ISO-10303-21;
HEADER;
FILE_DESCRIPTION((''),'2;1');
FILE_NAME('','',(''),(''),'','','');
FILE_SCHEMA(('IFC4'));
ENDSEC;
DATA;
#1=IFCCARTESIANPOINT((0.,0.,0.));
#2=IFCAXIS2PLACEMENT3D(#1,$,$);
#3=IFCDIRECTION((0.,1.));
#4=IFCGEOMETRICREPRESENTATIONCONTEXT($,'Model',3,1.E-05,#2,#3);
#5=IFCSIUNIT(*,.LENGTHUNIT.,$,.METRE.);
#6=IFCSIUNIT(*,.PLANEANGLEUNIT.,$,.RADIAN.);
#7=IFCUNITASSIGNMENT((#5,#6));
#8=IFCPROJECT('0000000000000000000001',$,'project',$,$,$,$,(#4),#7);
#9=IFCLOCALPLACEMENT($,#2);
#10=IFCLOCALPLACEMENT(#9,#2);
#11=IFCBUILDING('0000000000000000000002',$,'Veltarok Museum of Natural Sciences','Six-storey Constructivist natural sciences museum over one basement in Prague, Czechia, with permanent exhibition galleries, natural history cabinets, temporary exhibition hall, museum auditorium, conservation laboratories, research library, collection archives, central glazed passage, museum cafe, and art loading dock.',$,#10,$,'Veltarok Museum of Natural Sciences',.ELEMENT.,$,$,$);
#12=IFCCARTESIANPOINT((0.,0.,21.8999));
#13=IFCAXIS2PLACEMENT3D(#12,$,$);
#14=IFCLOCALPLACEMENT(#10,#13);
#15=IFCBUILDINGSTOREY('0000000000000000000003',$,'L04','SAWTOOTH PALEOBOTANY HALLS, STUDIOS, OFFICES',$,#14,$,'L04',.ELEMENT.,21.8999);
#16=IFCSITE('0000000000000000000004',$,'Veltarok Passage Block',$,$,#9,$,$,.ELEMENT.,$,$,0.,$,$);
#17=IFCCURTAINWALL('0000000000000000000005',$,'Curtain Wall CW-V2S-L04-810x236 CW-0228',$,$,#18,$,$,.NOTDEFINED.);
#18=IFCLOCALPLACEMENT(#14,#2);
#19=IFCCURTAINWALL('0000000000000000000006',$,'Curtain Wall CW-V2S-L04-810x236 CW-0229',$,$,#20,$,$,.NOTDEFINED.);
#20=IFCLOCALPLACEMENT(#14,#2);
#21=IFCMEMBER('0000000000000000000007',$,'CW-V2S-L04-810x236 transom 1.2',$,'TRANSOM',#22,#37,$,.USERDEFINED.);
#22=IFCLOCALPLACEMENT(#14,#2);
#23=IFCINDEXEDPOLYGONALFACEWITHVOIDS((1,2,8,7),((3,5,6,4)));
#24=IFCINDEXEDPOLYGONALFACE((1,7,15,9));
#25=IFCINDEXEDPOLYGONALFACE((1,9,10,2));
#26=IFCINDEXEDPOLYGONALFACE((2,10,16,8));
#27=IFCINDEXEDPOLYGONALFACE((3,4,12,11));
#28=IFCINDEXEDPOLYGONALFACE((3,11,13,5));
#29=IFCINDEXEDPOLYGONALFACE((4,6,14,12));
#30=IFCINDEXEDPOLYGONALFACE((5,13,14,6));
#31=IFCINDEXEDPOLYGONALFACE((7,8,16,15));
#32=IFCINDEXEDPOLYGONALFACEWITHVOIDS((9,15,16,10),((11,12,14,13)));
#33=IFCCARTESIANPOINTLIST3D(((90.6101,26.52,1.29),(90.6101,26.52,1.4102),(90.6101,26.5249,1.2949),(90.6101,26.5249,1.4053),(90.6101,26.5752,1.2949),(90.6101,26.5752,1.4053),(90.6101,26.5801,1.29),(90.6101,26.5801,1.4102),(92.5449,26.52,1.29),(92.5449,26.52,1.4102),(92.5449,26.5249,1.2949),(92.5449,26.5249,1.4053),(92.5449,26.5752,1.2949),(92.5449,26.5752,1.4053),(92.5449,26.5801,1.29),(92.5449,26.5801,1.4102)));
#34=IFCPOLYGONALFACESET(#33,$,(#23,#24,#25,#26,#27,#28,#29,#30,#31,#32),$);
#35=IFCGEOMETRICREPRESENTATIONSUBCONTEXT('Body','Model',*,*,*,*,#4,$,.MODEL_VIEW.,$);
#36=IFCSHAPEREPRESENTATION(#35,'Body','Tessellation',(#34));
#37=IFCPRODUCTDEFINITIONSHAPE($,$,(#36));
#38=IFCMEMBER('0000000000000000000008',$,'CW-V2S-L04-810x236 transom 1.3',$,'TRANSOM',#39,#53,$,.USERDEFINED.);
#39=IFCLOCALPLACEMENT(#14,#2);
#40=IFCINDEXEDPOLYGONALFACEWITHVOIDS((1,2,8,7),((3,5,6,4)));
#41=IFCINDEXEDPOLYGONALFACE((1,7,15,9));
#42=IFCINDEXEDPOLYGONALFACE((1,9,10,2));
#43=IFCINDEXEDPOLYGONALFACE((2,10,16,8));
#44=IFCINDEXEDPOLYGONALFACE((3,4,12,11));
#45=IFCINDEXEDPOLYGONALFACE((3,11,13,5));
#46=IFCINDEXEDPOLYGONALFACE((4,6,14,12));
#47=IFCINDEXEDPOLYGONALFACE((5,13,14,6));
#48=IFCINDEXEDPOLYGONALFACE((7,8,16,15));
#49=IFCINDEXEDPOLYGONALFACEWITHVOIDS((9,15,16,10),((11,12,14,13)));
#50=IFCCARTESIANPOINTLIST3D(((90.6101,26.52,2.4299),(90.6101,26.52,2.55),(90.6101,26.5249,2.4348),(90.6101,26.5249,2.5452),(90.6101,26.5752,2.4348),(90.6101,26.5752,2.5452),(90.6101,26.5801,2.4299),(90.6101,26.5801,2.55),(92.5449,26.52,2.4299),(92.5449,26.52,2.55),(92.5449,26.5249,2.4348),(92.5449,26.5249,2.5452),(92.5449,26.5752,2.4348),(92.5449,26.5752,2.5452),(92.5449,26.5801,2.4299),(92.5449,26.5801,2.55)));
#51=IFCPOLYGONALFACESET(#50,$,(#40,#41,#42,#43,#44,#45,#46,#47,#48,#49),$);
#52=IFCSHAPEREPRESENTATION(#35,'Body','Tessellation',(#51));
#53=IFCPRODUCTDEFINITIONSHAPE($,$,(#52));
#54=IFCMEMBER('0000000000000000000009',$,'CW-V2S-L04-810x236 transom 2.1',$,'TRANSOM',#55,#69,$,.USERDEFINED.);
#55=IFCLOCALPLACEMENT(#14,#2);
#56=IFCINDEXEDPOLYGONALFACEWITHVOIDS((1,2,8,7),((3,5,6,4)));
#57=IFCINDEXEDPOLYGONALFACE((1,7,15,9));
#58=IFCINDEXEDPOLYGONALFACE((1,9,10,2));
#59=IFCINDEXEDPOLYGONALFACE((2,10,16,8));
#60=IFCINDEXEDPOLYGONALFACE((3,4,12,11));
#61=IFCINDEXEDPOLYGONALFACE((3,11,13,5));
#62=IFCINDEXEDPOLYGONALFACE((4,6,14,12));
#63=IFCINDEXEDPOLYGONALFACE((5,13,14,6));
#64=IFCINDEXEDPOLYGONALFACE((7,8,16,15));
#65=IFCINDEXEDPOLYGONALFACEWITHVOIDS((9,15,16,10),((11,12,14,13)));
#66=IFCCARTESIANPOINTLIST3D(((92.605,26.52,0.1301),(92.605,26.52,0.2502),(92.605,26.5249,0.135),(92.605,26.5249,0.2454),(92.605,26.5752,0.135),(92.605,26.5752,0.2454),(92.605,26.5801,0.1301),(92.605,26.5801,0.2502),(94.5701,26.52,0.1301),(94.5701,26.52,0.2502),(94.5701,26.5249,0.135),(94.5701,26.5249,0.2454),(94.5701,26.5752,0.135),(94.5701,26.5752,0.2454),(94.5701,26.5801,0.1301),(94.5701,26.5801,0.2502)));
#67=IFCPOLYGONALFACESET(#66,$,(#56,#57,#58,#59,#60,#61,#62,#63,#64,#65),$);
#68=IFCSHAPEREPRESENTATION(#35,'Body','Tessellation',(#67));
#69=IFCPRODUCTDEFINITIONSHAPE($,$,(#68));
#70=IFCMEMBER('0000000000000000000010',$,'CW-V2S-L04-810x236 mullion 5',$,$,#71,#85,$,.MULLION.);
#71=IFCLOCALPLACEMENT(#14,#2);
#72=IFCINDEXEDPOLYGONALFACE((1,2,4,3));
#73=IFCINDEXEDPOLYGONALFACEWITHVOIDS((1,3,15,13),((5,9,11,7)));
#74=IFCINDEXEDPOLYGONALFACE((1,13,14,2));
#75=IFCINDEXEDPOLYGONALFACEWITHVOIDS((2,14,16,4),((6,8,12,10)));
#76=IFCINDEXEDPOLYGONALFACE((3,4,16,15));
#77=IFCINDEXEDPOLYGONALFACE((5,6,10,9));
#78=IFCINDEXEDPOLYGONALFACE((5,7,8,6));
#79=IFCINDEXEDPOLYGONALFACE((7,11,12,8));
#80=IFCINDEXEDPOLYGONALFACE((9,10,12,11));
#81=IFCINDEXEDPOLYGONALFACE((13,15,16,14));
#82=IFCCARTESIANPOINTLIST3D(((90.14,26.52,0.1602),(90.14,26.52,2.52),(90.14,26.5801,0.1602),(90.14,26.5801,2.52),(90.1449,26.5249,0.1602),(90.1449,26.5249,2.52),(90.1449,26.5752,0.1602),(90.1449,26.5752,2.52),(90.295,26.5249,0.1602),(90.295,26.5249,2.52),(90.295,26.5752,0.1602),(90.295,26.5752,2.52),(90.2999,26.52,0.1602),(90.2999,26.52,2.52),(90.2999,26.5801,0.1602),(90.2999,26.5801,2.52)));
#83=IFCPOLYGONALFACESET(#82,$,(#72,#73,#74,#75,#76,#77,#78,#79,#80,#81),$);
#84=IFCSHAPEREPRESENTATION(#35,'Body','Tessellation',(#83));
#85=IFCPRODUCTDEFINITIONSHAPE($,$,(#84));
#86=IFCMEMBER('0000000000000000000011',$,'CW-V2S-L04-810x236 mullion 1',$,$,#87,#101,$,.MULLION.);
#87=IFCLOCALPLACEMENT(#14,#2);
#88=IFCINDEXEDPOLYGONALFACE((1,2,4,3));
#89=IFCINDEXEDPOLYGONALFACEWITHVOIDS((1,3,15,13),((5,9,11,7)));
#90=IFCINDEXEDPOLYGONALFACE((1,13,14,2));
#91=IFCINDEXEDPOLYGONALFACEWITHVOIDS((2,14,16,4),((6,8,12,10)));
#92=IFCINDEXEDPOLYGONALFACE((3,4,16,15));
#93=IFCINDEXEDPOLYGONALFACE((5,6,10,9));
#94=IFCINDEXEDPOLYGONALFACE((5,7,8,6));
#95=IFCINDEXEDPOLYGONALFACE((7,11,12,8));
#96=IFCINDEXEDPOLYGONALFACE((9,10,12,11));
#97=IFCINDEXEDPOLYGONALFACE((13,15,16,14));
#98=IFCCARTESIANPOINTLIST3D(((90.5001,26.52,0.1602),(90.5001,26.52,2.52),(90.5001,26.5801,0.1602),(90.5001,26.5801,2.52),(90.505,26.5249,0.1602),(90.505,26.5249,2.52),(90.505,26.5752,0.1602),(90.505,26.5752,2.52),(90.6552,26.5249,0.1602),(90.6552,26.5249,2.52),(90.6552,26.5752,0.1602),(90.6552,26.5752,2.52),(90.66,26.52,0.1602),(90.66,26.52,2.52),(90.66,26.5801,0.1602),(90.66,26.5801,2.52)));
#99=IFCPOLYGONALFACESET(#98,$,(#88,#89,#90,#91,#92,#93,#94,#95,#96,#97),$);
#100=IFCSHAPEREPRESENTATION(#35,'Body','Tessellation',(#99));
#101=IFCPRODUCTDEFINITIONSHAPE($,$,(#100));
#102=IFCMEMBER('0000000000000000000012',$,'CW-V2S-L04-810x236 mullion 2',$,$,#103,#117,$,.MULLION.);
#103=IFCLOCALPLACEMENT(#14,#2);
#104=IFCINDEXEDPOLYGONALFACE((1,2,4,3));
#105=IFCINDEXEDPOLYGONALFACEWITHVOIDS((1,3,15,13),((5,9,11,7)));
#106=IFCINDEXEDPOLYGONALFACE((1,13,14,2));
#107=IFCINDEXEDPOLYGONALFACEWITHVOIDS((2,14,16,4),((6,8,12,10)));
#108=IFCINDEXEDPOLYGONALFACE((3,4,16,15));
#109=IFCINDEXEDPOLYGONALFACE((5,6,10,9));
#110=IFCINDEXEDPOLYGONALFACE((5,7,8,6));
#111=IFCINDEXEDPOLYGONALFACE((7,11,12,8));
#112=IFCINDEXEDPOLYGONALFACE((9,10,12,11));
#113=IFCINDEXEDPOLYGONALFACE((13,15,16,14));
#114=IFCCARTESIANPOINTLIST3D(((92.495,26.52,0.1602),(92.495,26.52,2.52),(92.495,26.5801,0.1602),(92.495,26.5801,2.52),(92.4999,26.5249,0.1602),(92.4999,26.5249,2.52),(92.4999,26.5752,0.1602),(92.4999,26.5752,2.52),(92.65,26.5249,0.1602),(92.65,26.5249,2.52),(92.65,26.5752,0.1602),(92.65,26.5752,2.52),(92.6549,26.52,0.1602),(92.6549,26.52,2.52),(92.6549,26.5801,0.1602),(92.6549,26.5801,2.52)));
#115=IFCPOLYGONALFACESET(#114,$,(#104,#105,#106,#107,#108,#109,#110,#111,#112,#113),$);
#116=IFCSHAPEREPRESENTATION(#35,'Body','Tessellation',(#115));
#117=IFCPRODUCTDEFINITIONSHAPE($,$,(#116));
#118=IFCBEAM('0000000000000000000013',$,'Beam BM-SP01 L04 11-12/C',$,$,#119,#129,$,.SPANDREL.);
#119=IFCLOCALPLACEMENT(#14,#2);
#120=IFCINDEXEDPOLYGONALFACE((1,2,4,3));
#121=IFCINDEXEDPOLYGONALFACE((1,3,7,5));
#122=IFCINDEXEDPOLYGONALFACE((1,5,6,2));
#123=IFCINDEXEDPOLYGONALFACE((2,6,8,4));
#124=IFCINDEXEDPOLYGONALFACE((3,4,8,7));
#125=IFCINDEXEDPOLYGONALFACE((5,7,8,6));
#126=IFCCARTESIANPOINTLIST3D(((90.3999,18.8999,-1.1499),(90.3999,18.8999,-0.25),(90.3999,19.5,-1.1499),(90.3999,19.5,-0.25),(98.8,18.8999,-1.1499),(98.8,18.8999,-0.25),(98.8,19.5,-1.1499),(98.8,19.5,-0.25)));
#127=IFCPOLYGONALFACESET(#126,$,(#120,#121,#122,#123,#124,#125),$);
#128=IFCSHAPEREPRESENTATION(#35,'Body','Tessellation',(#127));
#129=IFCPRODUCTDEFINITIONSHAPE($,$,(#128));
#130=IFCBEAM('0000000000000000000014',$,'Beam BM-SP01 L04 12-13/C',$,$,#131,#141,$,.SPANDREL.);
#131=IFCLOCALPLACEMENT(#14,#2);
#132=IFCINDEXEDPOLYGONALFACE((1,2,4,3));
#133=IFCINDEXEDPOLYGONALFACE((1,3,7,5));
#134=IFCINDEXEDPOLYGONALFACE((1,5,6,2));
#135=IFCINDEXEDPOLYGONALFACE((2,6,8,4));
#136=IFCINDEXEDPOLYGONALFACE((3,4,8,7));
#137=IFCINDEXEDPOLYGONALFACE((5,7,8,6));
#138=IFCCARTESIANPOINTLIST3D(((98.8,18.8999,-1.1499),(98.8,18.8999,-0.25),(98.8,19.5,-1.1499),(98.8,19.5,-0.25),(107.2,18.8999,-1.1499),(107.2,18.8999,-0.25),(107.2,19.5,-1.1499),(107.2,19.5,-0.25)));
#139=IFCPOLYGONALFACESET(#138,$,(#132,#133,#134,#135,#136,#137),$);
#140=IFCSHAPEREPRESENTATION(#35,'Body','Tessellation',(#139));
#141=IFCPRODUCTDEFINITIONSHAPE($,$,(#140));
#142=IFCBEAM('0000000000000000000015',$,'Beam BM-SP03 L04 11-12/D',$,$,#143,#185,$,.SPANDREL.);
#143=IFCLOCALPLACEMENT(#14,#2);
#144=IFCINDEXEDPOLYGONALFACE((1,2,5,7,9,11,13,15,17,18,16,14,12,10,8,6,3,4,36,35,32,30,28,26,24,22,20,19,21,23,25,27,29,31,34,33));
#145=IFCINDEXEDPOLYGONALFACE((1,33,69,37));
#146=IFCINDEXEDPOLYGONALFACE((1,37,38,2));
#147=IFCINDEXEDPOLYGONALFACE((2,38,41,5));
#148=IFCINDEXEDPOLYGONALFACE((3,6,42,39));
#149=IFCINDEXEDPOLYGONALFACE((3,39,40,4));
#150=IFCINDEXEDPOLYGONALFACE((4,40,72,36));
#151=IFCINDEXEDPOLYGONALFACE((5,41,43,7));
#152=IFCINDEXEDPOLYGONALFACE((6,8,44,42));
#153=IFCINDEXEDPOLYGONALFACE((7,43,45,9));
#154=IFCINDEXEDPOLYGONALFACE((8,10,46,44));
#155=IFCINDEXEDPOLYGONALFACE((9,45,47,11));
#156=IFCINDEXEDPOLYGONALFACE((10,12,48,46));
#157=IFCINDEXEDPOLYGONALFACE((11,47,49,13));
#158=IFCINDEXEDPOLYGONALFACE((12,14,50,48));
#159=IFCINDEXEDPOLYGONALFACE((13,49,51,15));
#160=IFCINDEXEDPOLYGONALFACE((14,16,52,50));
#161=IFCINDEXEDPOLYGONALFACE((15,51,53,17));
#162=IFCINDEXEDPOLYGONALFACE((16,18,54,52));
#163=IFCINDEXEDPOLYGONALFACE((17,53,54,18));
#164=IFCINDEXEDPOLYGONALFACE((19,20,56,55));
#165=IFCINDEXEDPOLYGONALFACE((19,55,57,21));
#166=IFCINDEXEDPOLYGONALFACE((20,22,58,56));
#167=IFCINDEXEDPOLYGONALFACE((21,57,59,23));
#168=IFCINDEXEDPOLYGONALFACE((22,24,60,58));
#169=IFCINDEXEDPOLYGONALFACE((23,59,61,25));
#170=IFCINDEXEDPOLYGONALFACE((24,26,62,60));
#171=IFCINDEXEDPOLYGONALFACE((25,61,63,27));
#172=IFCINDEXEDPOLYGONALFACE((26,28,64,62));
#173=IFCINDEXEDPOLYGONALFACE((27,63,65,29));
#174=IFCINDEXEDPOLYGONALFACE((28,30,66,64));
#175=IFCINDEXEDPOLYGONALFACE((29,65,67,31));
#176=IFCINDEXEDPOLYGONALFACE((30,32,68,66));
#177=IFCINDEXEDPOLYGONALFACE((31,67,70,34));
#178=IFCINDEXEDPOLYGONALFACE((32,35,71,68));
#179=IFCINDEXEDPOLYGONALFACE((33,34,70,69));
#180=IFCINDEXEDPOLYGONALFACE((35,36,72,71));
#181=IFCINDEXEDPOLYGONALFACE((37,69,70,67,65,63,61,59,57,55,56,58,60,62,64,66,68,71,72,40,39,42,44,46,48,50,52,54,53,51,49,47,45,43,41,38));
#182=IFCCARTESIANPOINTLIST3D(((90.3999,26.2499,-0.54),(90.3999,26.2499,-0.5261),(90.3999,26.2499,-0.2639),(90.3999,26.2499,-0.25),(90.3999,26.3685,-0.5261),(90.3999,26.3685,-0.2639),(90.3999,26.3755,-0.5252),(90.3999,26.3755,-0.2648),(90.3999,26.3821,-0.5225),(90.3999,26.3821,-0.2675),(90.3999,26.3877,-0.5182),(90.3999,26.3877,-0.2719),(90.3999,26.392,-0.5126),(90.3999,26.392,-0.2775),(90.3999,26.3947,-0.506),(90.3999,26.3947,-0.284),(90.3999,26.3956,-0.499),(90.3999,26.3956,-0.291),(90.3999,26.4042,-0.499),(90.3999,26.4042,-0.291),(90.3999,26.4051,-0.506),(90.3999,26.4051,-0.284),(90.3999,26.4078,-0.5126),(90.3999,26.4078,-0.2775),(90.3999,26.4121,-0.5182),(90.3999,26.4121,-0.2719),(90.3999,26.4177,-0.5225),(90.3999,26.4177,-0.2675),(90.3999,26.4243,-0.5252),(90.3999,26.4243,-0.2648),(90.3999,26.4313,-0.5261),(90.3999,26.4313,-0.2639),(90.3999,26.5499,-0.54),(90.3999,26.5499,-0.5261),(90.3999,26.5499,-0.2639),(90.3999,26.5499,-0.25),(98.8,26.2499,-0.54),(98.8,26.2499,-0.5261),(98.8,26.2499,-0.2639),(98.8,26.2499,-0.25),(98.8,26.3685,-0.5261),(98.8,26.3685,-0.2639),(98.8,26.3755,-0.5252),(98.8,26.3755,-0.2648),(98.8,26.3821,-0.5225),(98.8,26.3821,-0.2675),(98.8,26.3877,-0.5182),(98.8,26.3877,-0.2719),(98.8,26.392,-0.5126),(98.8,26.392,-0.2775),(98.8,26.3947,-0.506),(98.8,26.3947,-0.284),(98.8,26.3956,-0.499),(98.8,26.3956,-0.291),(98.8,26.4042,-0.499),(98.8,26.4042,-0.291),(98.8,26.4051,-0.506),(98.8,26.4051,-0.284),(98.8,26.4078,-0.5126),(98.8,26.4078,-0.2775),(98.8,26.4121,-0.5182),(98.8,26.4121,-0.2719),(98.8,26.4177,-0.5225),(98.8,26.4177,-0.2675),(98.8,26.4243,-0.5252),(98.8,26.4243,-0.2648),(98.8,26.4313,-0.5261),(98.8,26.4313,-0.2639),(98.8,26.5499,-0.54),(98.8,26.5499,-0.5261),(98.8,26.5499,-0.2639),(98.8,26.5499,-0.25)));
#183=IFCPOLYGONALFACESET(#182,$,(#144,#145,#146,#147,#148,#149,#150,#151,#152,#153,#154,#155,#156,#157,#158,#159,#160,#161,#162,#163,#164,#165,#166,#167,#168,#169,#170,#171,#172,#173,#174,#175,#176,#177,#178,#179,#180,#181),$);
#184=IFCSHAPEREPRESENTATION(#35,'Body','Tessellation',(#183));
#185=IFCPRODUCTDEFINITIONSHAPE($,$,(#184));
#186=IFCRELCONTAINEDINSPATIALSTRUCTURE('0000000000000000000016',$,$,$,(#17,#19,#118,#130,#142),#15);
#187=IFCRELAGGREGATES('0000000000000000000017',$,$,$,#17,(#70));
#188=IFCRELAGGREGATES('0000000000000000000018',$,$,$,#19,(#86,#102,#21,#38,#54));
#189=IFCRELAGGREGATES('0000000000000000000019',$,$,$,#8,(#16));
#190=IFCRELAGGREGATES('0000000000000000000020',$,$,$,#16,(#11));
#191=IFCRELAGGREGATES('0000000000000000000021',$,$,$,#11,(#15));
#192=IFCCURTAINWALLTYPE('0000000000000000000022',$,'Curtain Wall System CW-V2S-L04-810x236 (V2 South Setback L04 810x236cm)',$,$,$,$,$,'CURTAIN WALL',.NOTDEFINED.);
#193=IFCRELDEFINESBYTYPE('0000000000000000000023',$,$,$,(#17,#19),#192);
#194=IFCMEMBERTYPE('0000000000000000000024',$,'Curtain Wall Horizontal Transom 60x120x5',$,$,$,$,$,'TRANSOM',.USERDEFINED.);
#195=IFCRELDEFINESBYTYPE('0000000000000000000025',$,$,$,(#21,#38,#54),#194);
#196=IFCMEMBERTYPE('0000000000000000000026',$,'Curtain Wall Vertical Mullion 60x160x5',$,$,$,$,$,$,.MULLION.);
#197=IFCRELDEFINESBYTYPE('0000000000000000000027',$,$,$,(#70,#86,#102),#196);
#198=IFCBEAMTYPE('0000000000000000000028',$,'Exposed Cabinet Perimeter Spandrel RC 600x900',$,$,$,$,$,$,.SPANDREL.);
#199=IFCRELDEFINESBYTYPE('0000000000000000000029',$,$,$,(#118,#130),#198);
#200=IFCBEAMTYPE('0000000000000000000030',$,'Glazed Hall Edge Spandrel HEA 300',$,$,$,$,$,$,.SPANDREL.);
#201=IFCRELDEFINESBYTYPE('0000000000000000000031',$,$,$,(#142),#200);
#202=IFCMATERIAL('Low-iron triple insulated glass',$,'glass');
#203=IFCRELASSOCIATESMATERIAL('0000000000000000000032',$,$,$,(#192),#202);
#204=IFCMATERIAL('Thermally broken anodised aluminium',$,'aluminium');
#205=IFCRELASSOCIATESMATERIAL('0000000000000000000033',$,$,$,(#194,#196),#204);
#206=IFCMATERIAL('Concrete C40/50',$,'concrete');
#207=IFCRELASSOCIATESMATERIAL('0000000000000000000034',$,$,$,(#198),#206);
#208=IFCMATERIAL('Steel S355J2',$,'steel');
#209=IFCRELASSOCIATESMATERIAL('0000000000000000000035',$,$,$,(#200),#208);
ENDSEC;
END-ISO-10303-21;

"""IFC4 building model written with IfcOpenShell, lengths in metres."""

from ifc_helpers import new_model, si_unit, direction, frame, origin, origin_2d, place, context, subcontext, project, spatial, rectangle, hollow_rectangle, i_section, extrude, material, material_profile, profile_set, type_object, element, aggregate, save


model = new_model("IFC4")

# Units and contexts
model_context = context("Model", 3, precision=1e-05, world=origin(), true_north=direction((0.0, 1.0)))
body_context = subcontext(model_context, "Body", "Model", "MODEL_VIEW")
ifc_project = project(units=[si_unit("LENGTHUNIT", "METRE"), si_unit("PLANEANGLEUNIT", "RADIAN")], contexts=[model_context])

# Site, building, storey
site_placement = place(None, origin())
site = spatial("IfcSite", under=ifc_project, at=site_placement, Name="Veltarok Passage Block", CompositionType="ELEMENT", RefElevation=0.0)
building_placement = place(site_placement, origin())
building = spatial("IfcBuilding", under=site, at=building_placement, Name="Veltarok Museum of Natural Sciences", Description="Six-storey Constructivist natural sciences museum over one basement in Prague, Czechia, with permanent exhibition galleries, natural history cabinets, temporary exhibition hall, museum auditorium, conservation laboratories, research library, collection archives, central glazed passage, museum cafe, and art loading dock.", LongName="Veltarok Museum of Natural Sciences", CompositionType="ELEMENT")
storey_placement = place(building_placement, frame((0.0, 0.0, 21.8999)))
storey = spatial("IfcBuildingStorey", under=building, at=storey_placement, Name="L04", Description="SAWTOOTH PALEOBOTANY HALLS, STUDIOS, OFFICES", LongName="L04", CompositionType="ELEMENT", Elevation=21.8999)

# Shared definitions
ifc_material_1 = material(Name="Concrete C40/50", Category="concrete")
ifc_material_2 = material(Name="Steel S355J2", Category="steel")

# Curtain walls, members
ifc_material_3 = material(Name="Low-iron triple insulated glass", Category="glass")
curtain_wall_type = type_object("IfcCurtainWallType", Name="Curtain Wall System CW-V2S-L04-810x236 (V2 South Setback L04 810x236cm)", ElementType="CURTAIN WALL", PredefinedType="NOTDEFINED", material=ifc_material_3)
curtain_wall_1_placement = place(storey_placement, origin())
curtain_wall_1 = element("IfcCurtainWall", 1, at=curtain_wall_1_placement, inside=storey, type_object=curtain_wall_type, Name="Curtain Wall CW-V2S-L04-810x236 CW-0228", PredefinedType="NOTDEFINED")
ifc_material_4 = material(Name="Thermally broken anodised aluminium", Category="aluminium")
ifc_material_profile_1 = material_profile(ifc_material_4, hollow_rectangle(XDim=0.0601, YDim=0.1201, WallThickness=0.0049, at=origin_2d()), Name="CW TRANSOM 60x120x5")
ifc_profile_set_1 = profile_set([ifc_material_profile_1], Name="Thermally broken anodised aluminium")
member_type_1 = type_object("IfcMemberType", Name="Curtain Wall Horizontal Transom 60x120x5", ElementType="TRANSOM", PredefinedType="USERDEFINED", material=ifc_profile_set_1)
curtain_wall_2_placement = place(storey_placement, origin())
curtain_wall_2 = element("IfcCurtainWall", 2, at=curtain_wall_2_placement, inside=storey, type_object=curtain_wall_type, Name="Curtain Wall CW-V2S-L04-810x236 CW-0229", PredefinedType="NOTDEFINED")
member_1_placement = place(storey_placement, frame((90.6101, 26.55, 1.3501), z_axis=(1.0, 0.0, 0.0), x_axis=(0.0, 1.0, 0.0)))
member_1 = element("IfcMember", 3, at=member_1_placement, type_object=member_type_1, Name="CW-V2S-L04-810x236 transom 1.2", ObjectType="TRANSOM", PredefinedType="USERDEFINED", context=body_context, shape_type="SweptSolid", body=[
    extrude(hollow_rectangle(XDim=0.0601, YDim=0.1201, WallThickness=0.0049, at=origin_2d()), origin(), (0.0, 0.0, 1.0), 1.9348),
])
member_2_placement = place(storey_placement, frame((90.6101, 26.55, 2.49), z_axis=(1.0, 0.0, 0.0), x_axis=(0.0, 1.0, 0.0)))
member_2 = element("IfcMember", 4, at=member_2_placement, type_object=member_type_1, Name="CW-V2S-L04-810x236 transom 1.3", ObjectType="TRANSOM", PredefinedType="USERDEFINED", context=body_context, shape_type="SweptSolid", body=[
    extrude(hollow_rectangle(XDim=0.0601, YDim=0.1201, WallThickness=0.0049, at=origin_2d()), origin(), (0.0, 0.0, 1.0), 1.9348),
])
member_3_placement = place(storey_placement, frame((92.605, 26.55, 0.1902), z_axis=(1.0, 0.0, 0.0), x_axis=(0.0, 1.0, 0.0)))
member_3 = element("IfcMember", 5, at=member_3_placement, type_object=member_type_1, Name="CW-V2S-L04-810x236 transom 2.1", ObjectType="TRANSOM", PredefinedType="USERDEFINED", context=body_context, shape_type="SweptSolid", body=[
    extrude(hollow_rectangle(XDim=0.0601, YDim=0.1201, WallThickness=0.0049, at=origin_2d()), origin(), (0.0, 0.0, 1.0), 1.9651),
])

# Members
ifc_material_profile_2 = material_profile(ifc_material_4, hollow_rectangle(XDim=0.0601, YDim=0.1599, WallThickness=0.0049, at=origin_2d()), Name="CW MULLION 60x160x5")
ifc_profile_set_2 = profile_set([ifc_material_profile_2], Name="Thermally broken anodised aluminium")
member_type_2 = type_object("IfcMemberType", Name="Curtain Wall Vertical Mullion 60x160x5", PredefinedType="MULLION", material=ifc_profile_set_2)
member_4_placement = place(storey_placement, frame((90.22, 26.55, 0.1602), z_axis=(0.0, 0.0, 1.0), x_axis=(0.0, 1.0, 0.0)))
member_4 = element("IfcMember", 6, at=member_4_placement, type_object=member_type_2, Name="CW-V2S-L04-810x236 mullion 5", PredefinedType="MULLION", context=body_context, shape_type="SweptSolid", body=[
    extrude(hollow_rectangle(XDim=0.0601, YDim=0.1599, WallThickness=0.0049, at=origin_2d()), origin(), (0.0, 0.0, 1.0), 2.3599),
])
member_5_placement = place(storey_placement, frame((90.5801, 26.55, 0.1602), z_axis=(0.0, 0.0, 1.0), x_axis=(0.0, 1.0, 0.0)))
member_5 = element("IfcMember", 7, at=member_5_placement, type_object=member_type_2, Name="CW-V2S-L04-810x236 mullion 1", PredefinedType="MULLION", context=body_context, shape_type="SweptSolid", body=[
    extrude(hollow_rectangle(XDim=0.0601, YDim=0.1599, WallThickness=0.0049, at=origin_2d()), origin(), (0.0, 0.0, 1.0), 2.3599),
])
member_6_placement = place(storey_placement, frame((92.575, 26.55, 0.1602), z_axis=(0.0, 0.0, 1.0), x_axis=(0.0, 1.0, 0.0)))
member_6 = element("IfcMember", 8, at=member_6_placement, type_object=member_type_2, Name="CW-V2S-L04-810x236 mullion 2", PredefinedType="MULLION", context=body_context, shape_type="SweptSolid", body=[
    extrude(hollow_rectangle(XDim=0.0601, YDim=0.1599, WallThickness=0.0049, at=origin_2d()), origin(), (0.0, 0.0, 1.0), 2.3599),
])

# Beams
ifc_material_profile_3 = material_profile(ifc_material_1, rectangle(XDim=0.6001, YDim=0.8999, at=origin_2d()), Name="RC 600x900")
ifc_profile_set_3 = profile_set([ifc_material_profile_3], Name="Concrete C40/50")
beam_type_1 = type_object("IfcBeamType", Name="Exposed Cabinet Perimeter Spandrel RC 600x900", PredefinedType="SPANDREL", material=ifc_profile_set_3)
beam_1_placement = place(storey_placement, frame((90.3999, 19.2, -0.7), z_axis=(1.0, 0.0, 0.0), x_axis=(0.0, 1.0, 0.0)))
element("IfcBeam", 9, at=beam_1_placement, inside=storey, type_object=beam_type_1, Name="Beam BM-SP01 L04 11-12/C", PredefinedType="SPANDREL", context=body_context, shape_type="SweptSolid", body=[
    extrude(rectangle(XDim=0.6001, YDim=0.8999, at=origin_2d()), origin(), (0.0, 0.0, 1.0), 8.4001),
])
beam_2_placement = place(storey_placement, frame((98.8, 19.2, -0.7), z_axis=(1.0, 0.0, 0.0), x_axis=(0.0, 1.0, 0.0)))
element("IfcBeam", 10, at=beam_2_placement, inside=storey, type_object=beam_type_1, Name="Beam BM-SP01 L04 12-13/C", PredefinedType="SPANDREL", context=body_context, shape_type="SweptSolid", body=[
    extrude(rectangle(XDim=0.6001, YDim=0.8999, at=origin_2d()), origin(), (0.0, 0.0, 1.0), 8.3999),
])
ifc_material_profile_4 = material_profile(ifc_material_2, i_section(OverallWidth=0.3, OverallDepth=0.29, WebThickness=0.0085, FlangeThickness=0.0139, FilletRadius=0.0271, at=origin_2d()), Name="HEA 300")
ifc_profile_set_4 = profile_set([ifc_material_profile_4], Name="Steel S355J2")
beam_type_2 = type_object("IfcBeamType", Name="Glazed Hall Edge Spandrel HEA 300", PredefinedType="SPANDREL", material=ifc_profile_set_4)
beam_3_placement = place(storey_placement, frame((90.3999, 26.3999, -0.395), z_axis=(1.0, 0.0, 0.0), x_axis=(0.0, 1.0, 0.0)))
element("IfcBeam", 11, at=beam_3_placement, inside=storey, type_object=beam_type_2, Name="Beam BM-SP03 L04 11-12/D", PredefinedType="SPANDREL", context=body_context, shape_type="SweptSolid", body=[
    extrude(i_section(OverallWidth=0.3, OverallDepth=0.29, WebThickness=0.0085, FlangeThickness=0.0139, FilletRadius=0.0271, at=origin_2d()), origin(), (0.0, 0.0, 1.0), 8.4001),
])

aggregate(curtain_wall_1, [member_4])
aggregate(curtain_wall_2, [member_5, member_6, member_1, member_2, member_3])

save(model, "model.ifc")
